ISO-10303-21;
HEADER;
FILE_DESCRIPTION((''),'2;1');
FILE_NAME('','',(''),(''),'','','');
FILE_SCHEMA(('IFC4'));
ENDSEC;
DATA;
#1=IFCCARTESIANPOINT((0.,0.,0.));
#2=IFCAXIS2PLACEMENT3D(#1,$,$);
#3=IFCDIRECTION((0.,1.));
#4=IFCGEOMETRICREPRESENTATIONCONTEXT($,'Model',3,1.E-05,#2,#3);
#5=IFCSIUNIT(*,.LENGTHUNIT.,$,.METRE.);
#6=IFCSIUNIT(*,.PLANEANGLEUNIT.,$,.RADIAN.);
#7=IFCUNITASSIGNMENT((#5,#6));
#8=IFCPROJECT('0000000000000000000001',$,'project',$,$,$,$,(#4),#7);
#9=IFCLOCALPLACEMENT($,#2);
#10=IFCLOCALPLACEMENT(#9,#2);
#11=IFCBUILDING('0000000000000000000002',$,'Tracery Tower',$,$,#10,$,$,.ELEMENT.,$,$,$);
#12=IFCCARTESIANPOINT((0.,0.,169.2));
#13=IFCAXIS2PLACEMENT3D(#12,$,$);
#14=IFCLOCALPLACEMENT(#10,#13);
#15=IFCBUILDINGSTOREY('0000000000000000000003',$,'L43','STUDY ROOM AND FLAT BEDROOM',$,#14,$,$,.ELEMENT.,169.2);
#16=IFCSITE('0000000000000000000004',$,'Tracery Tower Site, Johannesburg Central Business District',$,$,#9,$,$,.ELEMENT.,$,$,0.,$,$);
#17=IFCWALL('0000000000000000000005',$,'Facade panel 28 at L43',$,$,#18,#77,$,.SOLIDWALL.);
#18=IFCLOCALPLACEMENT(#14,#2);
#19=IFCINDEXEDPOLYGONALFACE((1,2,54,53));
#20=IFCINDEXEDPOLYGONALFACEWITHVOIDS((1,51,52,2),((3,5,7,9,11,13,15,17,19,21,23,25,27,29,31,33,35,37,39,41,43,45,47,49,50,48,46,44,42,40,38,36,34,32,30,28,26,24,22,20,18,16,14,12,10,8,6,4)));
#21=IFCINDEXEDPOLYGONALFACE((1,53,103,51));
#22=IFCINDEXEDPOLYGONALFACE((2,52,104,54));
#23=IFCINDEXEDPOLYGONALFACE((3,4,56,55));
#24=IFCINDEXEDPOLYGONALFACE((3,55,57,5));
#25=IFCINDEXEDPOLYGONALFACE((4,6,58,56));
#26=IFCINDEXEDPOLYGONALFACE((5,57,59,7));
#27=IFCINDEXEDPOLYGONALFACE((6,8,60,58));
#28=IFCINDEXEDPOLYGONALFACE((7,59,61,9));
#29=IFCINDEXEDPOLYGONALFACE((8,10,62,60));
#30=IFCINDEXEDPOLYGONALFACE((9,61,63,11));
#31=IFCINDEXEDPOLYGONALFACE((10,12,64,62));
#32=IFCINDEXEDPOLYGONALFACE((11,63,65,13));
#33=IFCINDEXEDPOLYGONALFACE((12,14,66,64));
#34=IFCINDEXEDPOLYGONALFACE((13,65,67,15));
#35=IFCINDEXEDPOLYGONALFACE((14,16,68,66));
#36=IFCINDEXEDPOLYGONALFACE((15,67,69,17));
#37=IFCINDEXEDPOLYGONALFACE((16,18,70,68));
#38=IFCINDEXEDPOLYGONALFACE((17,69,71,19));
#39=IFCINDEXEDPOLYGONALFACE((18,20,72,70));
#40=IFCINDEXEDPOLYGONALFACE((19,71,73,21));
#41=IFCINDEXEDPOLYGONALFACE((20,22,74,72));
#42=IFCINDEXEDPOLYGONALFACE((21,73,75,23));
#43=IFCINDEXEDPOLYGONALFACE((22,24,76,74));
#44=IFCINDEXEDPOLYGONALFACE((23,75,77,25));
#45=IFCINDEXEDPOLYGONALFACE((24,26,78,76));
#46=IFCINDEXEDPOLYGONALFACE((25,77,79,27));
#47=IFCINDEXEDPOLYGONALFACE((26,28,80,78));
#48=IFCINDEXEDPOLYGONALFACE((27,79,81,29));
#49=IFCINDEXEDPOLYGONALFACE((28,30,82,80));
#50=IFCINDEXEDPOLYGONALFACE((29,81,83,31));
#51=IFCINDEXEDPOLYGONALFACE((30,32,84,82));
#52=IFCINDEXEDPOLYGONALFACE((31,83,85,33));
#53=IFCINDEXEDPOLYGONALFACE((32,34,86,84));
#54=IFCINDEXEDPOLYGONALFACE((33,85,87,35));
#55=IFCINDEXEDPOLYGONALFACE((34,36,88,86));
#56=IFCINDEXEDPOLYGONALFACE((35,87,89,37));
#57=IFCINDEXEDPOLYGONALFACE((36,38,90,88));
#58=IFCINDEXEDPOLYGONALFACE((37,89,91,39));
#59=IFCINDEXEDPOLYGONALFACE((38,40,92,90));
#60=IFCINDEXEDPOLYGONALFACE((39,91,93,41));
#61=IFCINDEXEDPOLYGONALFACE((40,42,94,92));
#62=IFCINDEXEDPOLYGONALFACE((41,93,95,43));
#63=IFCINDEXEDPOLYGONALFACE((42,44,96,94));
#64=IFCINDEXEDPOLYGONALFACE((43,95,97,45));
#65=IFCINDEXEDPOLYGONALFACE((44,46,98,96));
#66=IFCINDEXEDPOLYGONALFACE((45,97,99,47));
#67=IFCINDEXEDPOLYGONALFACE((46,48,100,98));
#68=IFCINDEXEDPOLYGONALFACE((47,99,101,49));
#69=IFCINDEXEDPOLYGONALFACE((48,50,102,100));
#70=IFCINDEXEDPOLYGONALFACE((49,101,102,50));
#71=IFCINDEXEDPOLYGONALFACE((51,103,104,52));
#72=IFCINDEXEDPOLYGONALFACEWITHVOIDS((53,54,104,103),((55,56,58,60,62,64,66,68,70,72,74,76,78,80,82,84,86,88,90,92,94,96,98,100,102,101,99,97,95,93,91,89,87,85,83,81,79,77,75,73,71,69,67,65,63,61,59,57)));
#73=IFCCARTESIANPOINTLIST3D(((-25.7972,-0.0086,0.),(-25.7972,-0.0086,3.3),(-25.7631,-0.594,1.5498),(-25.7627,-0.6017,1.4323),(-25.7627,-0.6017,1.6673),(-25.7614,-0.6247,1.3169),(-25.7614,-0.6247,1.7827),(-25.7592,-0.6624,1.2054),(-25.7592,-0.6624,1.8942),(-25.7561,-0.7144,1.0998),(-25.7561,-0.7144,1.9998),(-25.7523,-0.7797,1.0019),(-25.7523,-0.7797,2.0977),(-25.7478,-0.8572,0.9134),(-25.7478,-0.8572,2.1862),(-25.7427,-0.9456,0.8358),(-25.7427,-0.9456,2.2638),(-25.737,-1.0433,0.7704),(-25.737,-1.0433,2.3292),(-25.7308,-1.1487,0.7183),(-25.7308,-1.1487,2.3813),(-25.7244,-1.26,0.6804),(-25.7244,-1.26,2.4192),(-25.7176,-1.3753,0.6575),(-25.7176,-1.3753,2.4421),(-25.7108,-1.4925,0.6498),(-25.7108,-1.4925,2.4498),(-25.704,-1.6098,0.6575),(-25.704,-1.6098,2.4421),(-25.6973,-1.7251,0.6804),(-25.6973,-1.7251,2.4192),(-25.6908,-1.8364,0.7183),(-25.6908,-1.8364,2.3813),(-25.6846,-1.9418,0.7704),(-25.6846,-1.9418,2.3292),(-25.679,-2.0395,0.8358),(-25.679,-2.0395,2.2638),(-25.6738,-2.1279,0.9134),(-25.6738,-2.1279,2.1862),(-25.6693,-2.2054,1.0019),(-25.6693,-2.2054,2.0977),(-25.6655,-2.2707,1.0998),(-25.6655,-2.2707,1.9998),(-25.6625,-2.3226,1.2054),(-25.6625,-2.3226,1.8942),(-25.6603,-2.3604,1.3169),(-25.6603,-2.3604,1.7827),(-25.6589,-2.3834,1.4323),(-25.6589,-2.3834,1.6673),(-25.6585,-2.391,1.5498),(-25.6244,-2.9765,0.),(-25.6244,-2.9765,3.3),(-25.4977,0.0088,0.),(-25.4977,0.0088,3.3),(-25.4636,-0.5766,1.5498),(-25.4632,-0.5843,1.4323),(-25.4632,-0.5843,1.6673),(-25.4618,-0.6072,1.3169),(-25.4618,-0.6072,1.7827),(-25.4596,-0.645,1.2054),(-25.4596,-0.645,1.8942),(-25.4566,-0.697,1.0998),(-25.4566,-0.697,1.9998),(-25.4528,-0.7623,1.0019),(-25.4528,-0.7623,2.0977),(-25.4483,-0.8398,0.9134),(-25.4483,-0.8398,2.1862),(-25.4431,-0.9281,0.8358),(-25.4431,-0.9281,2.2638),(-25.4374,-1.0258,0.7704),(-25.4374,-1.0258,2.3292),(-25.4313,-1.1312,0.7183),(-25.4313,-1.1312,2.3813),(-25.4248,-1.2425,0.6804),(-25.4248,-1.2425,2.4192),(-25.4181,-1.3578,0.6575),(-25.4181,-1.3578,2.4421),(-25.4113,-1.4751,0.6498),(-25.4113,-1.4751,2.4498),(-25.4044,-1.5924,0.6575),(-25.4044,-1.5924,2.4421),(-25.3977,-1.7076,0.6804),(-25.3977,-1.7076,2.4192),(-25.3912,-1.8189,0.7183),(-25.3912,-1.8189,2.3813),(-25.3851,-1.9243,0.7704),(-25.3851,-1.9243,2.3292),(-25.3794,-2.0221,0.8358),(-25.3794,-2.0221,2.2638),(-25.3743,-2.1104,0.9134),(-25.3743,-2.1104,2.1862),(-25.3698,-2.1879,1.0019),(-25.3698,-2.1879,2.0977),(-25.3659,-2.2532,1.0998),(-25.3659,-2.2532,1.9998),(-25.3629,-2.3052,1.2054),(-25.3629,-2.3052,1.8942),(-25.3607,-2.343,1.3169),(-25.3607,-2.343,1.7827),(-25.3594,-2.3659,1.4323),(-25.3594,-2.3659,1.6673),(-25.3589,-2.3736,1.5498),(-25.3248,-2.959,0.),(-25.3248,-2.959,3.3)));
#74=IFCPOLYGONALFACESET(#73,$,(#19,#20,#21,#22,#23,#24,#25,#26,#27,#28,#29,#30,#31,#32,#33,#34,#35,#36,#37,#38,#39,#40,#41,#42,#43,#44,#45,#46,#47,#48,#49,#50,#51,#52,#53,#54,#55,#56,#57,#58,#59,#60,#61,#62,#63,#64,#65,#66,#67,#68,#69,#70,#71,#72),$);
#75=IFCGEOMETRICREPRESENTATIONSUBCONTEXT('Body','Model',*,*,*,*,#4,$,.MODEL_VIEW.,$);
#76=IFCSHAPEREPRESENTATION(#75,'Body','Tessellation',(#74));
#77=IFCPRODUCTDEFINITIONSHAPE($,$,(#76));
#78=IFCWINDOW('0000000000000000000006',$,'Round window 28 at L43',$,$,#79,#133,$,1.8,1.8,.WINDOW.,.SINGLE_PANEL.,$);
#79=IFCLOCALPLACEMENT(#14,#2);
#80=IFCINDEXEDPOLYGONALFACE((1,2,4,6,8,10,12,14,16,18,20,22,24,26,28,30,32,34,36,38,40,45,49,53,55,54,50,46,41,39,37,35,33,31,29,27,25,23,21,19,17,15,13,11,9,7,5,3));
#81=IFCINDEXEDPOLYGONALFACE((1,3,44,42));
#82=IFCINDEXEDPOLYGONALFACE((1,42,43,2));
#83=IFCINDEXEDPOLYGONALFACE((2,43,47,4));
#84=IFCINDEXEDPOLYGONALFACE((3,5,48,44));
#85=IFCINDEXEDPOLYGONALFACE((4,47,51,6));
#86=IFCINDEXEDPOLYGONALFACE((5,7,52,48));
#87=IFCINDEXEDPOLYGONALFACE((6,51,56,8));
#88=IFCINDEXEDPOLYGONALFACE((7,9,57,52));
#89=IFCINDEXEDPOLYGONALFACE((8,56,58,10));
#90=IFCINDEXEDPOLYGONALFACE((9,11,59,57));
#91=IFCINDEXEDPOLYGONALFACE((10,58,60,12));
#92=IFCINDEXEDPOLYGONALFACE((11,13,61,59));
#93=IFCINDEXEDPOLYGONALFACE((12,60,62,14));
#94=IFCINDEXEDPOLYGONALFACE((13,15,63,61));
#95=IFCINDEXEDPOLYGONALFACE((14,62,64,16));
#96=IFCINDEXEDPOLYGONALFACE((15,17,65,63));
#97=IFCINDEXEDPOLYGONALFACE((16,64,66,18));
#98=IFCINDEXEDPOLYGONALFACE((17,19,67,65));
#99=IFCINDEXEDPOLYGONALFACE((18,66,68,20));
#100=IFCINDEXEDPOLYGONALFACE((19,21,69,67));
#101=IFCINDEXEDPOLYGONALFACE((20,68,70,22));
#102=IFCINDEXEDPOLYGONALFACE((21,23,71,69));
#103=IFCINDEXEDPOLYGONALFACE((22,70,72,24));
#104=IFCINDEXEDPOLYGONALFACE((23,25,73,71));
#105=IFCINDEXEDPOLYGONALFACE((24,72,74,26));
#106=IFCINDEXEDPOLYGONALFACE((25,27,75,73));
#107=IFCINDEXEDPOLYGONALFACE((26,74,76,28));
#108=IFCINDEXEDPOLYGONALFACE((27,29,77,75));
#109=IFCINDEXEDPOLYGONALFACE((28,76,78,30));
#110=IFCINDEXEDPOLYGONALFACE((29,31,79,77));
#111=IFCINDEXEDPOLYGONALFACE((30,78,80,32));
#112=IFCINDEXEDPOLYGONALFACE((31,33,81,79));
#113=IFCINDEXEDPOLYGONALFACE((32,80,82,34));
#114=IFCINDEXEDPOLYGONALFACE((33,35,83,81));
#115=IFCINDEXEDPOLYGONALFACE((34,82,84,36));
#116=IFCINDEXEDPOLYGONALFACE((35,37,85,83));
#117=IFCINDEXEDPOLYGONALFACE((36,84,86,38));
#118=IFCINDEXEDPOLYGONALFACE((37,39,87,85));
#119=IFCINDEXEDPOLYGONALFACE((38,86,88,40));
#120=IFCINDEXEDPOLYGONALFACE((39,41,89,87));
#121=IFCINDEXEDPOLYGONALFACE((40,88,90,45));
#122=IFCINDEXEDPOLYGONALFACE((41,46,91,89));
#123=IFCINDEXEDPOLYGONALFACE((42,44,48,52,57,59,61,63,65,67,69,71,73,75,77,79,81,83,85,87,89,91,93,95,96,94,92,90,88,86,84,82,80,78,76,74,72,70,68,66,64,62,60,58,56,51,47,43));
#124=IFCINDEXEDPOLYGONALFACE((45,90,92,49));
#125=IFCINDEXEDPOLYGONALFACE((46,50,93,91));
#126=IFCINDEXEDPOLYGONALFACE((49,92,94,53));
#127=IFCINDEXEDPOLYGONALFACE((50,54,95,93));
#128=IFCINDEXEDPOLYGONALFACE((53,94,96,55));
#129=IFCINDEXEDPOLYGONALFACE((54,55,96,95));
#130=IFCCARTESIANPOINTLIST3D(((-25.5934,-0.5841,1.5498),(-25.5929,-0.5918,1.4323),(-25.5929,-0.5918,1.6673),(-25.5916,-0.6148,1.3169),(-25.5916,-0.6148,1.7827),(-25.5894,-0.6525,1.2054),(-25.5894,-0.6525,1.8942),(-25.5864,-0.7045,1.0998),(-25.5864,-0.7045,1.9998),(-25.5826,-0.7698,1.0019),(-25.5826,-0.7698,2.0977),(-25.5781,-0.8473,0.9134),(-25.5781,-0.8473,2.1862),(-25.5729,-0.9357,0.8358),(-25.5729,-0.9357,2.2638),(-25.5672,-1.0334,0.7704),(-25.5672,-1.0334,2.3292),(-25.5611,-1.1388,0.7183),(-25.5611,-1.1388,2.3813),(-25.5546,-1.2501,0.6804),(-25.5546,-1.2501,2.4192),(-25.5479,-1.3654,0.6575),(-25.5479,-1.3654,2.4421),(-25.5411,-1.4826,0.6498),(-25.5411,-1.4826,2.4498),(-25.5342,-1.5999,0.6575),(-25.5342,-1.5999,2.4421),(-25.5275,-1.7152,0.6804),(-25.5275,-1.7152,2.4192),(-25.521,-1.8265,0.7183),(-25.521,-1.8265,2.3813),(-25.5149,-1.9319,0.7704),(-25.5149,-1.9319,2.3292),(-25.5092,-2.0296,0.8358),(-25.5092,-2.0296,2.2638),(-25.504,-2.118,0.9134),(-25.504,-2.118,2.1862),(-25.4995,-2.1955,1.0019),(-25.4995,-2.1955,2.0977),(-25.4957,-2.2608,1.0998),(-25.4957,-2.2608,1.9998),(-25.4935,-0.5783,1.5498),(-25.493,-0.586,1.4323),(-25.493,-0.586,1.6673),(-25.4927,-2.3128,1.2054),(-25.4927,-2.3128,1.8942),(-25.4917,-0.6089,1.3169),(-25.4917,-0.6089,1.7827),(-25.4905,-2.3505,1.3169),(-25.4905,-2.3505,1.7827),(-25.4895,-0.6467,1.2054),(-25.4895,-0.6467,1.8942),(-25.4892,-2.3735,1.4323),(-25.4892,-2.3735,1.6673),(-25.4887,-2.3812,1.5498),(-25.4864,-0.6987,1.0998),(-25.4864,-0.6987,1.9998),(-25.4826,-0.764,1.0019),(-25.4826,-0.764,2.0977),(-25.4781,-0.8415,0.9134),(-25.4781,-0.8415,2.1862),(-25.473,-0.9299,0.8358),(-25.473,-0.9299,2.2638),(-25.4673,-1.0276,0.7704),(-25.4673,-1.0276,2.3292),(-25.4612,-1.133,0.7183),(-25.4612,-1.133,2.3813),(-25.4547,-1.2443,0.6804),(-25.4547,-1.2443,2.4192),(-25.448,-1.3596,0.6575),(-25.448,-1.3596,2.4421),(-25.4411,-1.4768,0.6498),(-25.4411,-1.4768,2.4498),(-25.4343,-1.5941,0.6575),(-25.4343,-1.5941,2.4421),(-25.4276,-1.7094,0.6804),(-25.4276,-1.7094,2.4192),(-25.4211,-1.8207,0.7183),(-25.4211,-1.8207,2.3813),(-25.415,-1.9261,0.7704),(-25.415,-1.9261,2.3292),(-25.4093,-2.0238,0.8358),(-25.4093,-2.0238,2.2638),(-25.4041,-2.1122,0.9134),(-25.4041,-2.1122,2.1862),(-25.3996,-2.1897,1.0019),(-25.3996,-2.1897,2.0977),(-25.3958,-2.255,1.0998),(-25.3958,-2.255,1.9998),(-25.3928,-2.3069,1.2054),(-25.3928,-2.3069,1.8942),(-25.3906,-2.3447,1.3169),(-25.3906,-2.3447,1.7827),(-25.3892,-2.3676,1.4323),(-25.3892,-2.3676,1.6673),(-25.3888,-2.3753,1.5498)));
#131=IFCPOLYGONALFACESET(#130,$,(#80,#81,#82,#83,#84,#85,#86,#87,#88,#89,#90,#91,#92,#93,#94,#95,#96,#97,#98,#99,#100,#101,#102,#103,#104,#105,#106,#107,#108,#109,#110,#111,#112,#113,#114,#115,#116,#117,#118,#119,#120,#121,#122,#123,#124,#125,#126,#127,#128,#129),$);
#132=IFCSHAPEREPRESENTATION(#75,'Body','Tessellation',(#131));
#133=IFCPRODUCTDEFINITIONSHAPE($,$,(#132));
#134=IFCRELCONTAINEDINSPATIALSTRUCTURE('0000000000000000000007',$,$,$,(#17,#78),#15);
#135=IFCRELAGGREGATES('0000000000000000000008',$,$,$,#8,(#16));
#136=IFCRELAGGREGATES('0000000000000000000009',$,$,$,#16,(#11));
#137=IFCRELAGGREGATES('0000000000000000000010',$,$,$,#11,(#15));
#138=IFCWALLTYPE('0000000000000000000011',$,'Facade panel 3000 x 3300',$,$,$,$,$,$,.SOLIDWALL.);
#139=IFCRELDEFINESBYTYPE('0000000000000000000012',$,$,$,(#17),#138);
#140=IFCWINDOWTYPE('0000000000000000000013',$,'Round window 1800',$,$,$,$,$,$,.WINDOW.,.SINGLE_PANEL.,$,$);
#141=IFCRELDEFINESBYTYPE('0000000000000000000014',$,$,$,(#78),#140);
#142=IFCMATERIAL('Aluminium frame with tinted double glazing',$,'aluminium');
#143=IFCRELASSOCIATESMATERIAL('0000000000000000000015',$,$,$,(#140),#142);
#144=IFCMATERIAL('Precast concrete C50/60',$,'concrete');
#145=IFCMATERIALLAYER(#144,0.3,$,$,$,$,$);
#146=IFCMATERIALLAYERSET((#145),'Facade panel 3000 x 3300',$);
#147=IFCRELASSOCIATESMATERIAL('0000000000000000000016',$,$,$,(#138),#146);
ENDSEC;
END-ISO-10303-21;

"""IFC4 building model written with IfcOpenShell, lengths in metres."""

from ifc_helpers import new_model, si_unit, direction, frame, frame_2d, origin, origin_2d, place, context, subcontext, project, spatial, rectangle, circle, extrude, material, layer, layer_set, type_object, element, fill, save


model = new_model("IFC4")

# Units and contexts
model_context = context("Model", 3, precision=1e-05, world=origin(), true_north=direction((0.0, 1.0)))
body_context = subcontext(model_context, "Body", "Model", "MODEL_VIEW")
ifc_project = project(units=[si_unit("LENGTHUNIT", "METRE"), si_unit("PLANEANGLEUNIT", "RADIAN")], contexts=[model_context])

# Site, building, storey
site_placement = place(None, origin())
site = spatial("IfcSite", under=ifc_project, at=site_placement, Name="Tracery Tower Site, Johannesburg Central Business District", CompositionType="ELEMENT", RefElevation=0.0)
building_placement = place(site_placement, origin())
building = spatial("IfcBuilding", under=site, at=building_placement, Name="Tracery Tower", CompositionType="ELEMENT")
storey_placement = place(building_placement, frame((0.0, 0.0, 169.2)))
storey = spatial("IfcBuildingStorey", under=building, at=storey_placement, Name="L43", Description="STUDY ROOM AND FLAT BEDROOM", CompositionType="ELEMENT", Elevation=169.2)

# Wall, opening, window
ifc_material_1 = material(Name="Aluminium frame with tinted double glazing", Category="aluminium")
window_type = type_object("IfcWindowType", Name="Round window 1800", PartitioningType="SINGLE_PANEL", PredefinedType="WINDOW", material=ifc_material_1)
ifc_material_2 = material(Name="Precast concrete C50/60", Category="concrete")
ifc_layer_1 = layer(ifc_material_2, 0.3)
ifc_layer_set_1 = layer_set([ifc_layer_1], Name="Facade panel 3000 x 3300")
wall_type_1 = type_object("IfcWallType", Name="Facade panel 3000 x 3300", PredefinedType="SOLIDWALL", material=ifc_layer_set_1)
wall_1_placement = place(storey_placement, frame((-25.6475, 0.0, 0.0), z_axis=(0.0, 0.0, 1.0), x_axis=(0.058144, -0.998308, 0.0)))
wall_1 = element("IfcWall", 1, at=wall_1_placement, inside=storey, type_object=wall_type_1, Name="Facade panel 28 at L43", PredefinedType="SOLIDWALL", context=body_context, shape_type="SweptSolid", body=[
    extrude(rectangle(XDim=2.9729, YDim=0.3, at=frame_2d((1.4863, 0.0))), origin(), (0.0, 0.0, 1.0), 3.3),
])
opening_1_placement = place(wall_1_placement, frame((1.4863, 0.0, 1.5498)))
opening_1 = element("IfcOpeningElement", 2, at=opening_1_placement, cuts=wall_1, PredefinedType="OPENING", context=body_context, shape_type="SweptSolid", body=[
    extrude(circle(Radius=0.9, at=origin_2d()), frame((0.0, 0.1599, 0.0), z_axis=(0.0, -1.0, 0.0), x_axis=(1.0, 0.0, 0.0)), (0.0, 0.0, 1.0), 0.3201),
])
window_1_placement = place(opening_1_placement, origin())
window_1 = element("IfcWindow", 3, at=window_1_placement, inside=storey, type_object=window_type, Name="Round window 28 at L43", OverallHeight=1.8, OverallWidth=1.8, PartitioningType="SINGLE_PANEL", PredefinedType="WINDOW", context=body_context, shape_type="SweptSolid", body=[
    extrude(circle(Radius=0.9, at=origin_2d()), frame((0.0, 0.1201, 0.0), z_axis=(0.0, -1.0, 0.0), x_axis=(1.0, 0.0, 0.0)), (0.0, 0.0, 1.0), 0.1001),
])
fill(opening_1, window_1)

save(model, "model.ifc")
